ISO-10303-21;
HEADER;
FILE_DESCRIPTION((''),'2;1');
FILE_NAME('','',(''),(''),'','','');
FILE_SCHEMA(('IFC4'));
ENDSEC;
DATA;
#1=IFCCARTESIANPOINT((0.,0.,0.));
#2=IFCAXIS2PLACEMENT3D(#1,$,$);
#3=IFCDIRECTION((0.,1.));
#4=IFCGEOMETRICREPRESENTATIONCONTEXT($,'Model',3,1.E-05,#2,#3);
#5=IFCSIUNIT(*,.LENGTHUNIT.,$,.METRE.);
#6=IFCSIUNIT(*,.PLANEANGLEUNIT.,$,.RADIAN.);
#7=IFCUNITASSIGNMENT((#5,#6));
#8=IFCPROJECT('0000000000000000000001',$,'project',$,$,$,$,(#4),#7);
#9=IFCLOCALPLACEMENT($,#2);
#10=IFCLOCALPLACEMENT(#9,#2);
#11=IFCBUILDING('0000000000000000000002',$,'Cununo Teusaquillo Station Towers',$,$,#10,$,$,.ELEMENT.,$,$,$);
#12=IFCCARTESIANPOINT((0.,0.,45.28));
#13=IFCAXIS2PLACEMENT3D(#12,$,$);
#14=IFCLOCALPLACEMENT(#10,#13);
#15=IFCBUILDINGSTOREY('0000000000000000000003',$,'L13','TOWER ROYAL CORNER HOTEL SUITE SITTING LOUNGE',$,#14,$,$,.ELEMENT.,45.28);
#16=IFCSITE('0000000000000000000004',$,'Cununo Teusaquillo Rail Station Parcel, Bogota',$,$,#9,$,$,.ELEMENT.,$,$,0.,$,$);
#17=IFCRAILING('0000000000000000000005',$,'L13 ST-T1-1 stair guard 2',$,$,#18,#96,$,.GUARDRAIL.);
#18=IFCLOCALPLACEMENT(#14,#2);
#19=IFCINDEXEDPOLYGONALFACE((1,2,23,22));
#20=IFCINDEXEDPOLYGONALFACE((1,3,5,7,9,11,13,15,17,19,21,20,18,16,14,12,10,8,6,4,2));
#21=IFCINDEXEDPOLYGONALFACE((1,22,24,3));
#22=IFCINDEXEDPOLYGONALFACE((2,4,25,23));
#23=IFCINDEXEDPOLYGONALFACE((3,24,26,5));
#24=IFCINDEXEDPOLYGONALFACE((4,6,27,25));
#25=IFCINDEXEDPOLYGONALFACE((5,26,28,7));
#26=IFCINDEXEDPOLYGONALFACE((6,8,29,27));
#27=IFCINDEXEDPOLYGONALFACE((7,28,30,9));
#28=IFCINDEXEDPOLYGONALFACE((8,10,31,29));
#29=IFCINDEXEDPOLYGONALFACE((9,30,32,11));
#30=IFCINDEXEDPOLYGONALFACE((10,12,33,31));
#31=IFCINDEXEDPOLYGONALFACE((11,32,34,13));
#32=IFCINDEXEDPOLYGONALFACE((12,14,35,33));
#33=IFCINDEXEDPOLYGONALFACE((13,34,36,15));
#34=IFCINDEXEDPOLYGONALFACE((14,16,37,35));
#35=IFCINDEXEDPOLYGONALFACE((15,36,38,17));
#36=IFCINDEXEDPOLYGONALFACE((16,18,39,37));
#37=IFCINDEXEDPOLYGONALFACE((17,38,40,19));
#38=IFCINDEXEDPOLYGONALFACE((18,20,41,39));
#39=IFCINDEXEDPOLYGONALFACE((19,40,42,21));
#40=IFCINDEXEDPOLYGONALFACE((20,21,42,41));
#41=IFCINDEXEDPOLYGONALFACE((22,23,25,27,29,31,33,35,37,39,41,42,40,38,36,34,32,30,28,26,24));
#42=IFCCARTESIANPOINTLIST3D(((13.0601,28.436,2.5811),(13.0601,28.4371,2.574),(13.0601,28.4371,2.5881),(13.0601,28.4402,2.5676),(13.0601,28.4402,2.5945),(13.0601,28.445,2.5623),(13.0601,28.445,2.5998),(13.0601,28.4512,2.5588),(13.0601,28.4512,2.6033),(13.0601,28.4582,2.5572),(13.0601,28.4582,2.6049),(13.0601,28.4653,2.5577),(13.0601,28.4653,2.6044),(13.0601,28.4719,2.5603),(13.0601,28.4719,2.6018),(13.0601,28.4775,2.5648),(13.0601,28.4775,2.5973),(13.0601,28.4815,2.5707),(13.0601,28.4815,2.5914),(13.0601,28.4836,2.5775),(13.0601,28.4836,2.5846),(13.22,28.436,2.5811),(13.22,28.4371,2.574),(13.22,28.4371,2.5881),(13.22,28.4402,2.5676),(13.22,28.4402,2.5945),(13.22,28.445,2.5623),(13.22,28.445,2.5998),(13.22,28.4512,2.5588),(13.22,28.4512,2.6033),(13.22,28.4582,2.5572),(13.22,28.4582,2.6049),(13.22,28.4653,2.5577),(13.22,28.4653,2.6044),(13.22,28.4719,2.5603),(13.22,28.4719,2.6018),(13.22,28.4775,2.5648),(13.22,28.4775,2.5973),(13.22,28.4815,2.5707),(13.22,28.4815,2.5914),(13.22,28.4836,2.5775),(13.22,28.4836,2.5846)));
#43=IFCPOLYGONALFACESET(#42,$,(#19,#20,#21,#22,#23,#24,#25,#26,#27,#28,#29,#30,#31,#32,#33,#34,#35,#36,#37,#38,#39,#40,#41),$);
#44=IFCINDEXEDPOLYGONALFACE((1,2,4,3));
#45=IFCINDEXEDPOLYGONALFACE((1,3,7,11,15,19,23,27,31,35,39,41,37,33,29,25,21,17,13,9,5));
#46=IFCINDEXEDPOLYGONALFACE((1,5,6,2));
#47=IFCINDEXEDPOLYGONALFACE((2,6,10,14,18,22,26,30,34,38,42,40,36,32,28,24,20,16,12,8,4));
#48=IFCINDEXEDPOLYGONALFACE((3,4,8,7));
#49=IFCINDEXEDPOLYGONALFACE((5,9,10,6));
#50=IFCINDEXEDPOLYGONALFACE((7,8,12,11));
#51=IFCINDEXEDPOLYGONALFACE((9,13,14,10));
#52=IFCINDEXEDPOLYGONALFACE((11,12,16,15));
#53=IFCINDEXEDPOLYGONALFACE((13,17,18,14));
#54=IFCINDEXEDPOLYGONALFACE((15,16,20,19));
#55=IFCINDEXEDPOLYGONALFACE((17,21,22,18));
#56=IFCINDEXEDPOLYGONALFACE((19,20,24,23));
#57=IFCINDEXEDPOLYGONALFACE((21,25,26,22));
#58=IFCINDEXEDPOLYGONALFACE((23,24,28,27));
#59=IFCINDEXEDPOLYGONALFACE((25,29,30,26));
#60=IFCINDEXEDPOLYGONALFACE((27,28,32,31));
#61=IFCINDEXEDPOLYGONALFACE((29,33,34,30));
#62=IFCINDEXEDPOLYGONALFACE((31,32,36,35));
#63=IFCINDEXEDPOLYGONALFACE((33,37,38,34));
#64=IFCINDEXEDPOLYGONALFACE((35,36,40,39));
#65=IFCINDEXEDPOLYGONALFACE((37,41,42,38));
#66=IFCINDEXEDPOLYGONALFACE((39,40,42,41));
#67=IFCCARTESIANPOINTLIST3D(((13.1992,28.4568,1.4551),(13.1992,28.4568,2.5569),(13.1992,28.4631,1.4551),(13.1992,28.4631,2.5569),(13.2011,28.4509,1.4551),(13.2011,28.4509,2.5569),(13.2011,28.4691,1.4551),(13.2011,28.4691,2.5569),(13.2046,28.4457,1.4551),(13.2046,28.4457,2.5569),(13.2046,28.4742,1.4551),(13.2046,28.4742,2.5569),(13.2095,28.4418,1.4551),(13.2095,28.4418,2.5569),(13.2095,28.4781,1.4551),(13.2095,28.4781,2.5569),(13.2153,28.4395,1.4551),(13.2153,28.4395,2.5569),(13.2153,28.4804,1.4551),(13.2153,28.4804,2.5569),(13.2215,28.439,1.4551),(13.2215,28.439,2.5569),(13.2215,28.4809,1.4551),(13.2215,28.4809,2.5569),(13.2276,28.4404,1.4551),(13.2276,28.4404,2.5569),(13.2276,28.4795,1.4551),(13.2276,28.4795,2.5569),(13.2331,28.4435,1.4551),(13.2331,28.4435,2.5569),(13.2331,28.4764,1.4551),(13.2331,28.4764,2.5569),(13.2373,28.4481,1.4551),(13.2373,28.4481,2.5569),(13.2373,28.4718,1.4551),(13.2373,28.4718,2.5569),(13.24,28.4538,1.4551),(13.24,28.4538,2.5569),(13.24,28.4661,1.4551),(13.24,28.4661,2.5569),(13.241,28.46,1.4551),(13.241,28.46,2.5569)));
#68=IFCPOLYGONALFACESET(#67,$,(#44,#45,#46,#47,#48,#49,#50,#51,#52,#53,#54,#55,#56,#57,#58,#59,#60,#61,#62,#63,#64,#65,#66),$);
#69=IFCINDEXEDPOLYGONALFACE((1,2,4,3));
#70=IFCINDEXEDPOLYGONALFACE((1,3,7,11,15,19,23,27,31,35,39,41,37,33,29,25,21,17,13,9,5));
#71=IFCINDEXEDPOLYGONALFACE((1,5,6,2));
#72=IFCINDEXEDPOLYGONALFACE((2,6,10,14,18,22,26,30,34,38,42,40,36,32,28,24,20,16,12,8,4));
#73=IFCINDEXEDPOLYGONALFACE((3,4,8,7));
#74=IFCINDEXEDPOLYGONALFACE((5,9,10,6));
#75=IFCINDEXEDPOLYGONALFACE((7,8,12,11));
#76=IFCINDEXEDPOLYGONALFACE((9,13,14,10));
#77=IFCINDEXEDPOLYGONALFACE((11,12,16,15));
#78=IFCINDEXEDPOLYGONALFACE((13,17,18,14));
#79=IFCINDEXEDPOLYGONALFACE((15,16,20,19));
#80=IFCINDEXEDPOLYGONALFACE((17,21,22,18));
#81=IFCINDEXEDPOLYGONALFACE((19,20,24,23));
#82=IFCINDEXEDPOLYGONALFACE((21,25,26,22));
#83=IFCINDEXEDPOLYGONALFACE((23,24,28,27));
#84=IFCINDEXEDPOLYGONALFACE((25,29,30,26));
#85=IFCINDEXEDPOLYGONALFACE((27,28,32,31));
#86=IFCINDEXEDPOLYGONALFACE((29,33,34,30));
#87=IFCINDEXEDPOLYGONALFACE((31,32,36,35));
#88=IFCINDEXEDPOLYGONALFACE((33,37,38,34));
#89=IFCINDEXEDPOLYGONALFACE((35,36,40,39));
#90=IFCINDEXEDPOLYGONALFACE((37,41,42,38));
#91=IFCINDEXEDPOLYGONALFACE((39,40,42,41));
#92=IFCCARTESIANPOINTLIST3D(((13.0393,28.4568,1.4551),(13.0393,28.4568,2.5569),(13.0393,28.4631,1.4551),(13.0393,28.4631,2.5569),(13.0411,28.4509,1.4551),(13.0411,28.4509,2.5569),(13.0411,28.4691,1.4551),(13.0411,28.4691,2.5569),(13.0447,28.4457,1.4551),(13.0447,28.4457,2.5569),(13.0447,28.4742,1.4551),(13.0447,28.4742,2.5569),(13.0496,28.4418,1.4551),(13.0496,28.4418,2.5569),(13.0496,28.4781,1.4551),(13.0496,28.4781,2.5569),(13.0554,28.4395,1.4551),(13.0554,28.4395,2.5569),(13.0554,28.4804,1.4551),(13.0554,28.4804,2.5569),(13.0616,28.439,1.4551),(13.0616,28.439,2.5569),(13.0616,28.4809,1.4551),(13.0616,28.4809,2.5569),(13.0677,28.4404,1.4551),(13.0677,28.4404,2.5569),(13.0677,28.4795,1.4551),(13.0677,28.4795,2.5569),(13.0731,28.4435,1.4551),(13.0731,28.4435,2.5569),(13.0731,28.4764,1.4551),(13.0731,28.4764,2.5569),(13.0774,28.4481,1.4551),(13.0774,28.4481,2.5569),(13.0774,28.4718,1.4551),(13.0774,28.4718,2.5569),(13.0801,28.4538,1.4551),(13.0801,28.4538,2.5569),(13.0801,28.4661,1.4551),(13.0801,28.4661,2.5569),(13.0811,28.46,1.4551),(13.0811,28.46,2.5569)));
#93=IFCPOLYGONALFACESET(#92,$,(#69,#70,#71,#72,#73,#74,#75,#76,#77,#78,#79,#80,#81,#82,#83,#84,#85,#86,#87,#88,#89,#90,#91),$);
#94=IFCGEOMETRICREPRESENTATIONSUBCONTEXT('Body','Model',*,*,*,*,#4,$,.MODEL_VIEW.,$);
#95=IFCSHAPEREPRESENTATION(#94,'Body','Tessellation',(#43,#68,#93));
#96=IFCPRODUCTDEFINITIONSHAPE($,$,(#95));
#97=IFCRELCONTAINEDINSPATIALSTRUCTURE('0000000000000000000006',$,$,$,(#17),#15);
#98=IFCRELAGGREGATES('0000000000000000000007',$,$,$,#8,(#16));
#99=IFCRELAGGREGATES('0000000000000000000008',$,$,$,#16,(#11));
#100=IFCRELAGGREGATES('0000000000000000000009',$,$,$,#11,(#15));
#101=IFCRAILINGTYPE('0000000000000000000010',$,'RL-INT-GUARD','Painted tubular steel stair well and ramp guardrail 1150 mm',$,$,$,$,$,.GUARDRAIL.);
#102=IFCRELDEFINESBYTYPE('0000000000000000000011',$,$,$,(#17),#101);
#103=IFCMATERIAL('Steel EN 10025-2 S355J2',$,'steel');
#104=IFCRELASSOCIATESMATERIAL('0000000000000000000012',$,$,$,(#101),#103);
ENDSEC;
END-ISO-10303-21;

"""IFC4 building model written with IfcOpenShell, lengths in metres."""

from ifc_helpers import new_model, si_unit, direction, frame, origin, origin_2d, place, context, subcontext, project, spatial, circle, extrude, material, type_object, element, save


model = new_model("IFC4")

# Units and contexts
model_context = context("Model", 3, precision=1e-05, world=origin(), true_north=direction((0.0, 1.0)))
body_context = subcontext(model_context, "Body", "Model", "MODEL_VIEW")
ifc_project = project(units=[si_unit("LENGTHUNIT", "METRE"), si_unit("PLANEANGLEUNIT", "RADIAN")], contexts=[model_context])

# Site, building, storey
site_placement = place(None, origin())
site = spatial("IfcSite", under=ifc_project, at=site_placement, Name="Cununo Teusaquillo Rail Station Parcel, Bogota", CompositionType="ELEMENT", RefElevation=0.0)
building_placement = place(site_placement, origin())
building = spatial("IfcBuilding", under=site, at=building_placement, Name="Cununo Teusaquillo Station Towers", CompositionType="ELEMENT")
storey_placement = place(building_placement, frame((0.0, 0.0, 45.28)))
storey = spatial("IfcBuildingStorey", under=building, at=storey_placement, Name="L13", Description="TOWER ROYAL CORNER HOTEL SUITE SITTING LOUNGE", CompositionType="ELEMENT", Elevation=45.28)

# Railing
ifc_material_1 = material(Name="Steel EN 10025-2 S355J2", Category="steel")
railing_type_1 = type_object("IfcRailingType", Name="RL-INT-GUARD", Description="Painted tubular steel stair well and ramp guardrail 1150 mm", PredefinedType="GUARDRAIL", material=ifc_material_1)
railing_1_placement = place(storey_placement, frame((13.22, 28.46, 1.4551)))
element("IfcRailing", 1, at=railing_1_placement, inside=storey, type_object=railing_type_1, Name="L13 ST-T1-1 stair guard 2", PredefinedType="GUARDRAIL", context=body_context, shape_type="SweptSolid", body=[
    extrude(circle(Radius=0.0239, at=origin_2d()), frame((0.0, 0.0, 1.126), z_axis=(-1.0, 0.0, 0.0), x_axis=(0.0, -1.0, 0.0)), (0.0, 0.0, 1.0), 0.1599),
    extrude(circle(Radius=0.021, at=origin_2d()), origin(), (0.0, 0.0, 1.0), 1.1018),
    extrude(circle(Radius=0.021, at=origin_2d()), frame((-0.1599, 0.0, 0.0)), (0.0, 0.0, 1.0), 1.1018),
])

save(model, "model.ifc")
